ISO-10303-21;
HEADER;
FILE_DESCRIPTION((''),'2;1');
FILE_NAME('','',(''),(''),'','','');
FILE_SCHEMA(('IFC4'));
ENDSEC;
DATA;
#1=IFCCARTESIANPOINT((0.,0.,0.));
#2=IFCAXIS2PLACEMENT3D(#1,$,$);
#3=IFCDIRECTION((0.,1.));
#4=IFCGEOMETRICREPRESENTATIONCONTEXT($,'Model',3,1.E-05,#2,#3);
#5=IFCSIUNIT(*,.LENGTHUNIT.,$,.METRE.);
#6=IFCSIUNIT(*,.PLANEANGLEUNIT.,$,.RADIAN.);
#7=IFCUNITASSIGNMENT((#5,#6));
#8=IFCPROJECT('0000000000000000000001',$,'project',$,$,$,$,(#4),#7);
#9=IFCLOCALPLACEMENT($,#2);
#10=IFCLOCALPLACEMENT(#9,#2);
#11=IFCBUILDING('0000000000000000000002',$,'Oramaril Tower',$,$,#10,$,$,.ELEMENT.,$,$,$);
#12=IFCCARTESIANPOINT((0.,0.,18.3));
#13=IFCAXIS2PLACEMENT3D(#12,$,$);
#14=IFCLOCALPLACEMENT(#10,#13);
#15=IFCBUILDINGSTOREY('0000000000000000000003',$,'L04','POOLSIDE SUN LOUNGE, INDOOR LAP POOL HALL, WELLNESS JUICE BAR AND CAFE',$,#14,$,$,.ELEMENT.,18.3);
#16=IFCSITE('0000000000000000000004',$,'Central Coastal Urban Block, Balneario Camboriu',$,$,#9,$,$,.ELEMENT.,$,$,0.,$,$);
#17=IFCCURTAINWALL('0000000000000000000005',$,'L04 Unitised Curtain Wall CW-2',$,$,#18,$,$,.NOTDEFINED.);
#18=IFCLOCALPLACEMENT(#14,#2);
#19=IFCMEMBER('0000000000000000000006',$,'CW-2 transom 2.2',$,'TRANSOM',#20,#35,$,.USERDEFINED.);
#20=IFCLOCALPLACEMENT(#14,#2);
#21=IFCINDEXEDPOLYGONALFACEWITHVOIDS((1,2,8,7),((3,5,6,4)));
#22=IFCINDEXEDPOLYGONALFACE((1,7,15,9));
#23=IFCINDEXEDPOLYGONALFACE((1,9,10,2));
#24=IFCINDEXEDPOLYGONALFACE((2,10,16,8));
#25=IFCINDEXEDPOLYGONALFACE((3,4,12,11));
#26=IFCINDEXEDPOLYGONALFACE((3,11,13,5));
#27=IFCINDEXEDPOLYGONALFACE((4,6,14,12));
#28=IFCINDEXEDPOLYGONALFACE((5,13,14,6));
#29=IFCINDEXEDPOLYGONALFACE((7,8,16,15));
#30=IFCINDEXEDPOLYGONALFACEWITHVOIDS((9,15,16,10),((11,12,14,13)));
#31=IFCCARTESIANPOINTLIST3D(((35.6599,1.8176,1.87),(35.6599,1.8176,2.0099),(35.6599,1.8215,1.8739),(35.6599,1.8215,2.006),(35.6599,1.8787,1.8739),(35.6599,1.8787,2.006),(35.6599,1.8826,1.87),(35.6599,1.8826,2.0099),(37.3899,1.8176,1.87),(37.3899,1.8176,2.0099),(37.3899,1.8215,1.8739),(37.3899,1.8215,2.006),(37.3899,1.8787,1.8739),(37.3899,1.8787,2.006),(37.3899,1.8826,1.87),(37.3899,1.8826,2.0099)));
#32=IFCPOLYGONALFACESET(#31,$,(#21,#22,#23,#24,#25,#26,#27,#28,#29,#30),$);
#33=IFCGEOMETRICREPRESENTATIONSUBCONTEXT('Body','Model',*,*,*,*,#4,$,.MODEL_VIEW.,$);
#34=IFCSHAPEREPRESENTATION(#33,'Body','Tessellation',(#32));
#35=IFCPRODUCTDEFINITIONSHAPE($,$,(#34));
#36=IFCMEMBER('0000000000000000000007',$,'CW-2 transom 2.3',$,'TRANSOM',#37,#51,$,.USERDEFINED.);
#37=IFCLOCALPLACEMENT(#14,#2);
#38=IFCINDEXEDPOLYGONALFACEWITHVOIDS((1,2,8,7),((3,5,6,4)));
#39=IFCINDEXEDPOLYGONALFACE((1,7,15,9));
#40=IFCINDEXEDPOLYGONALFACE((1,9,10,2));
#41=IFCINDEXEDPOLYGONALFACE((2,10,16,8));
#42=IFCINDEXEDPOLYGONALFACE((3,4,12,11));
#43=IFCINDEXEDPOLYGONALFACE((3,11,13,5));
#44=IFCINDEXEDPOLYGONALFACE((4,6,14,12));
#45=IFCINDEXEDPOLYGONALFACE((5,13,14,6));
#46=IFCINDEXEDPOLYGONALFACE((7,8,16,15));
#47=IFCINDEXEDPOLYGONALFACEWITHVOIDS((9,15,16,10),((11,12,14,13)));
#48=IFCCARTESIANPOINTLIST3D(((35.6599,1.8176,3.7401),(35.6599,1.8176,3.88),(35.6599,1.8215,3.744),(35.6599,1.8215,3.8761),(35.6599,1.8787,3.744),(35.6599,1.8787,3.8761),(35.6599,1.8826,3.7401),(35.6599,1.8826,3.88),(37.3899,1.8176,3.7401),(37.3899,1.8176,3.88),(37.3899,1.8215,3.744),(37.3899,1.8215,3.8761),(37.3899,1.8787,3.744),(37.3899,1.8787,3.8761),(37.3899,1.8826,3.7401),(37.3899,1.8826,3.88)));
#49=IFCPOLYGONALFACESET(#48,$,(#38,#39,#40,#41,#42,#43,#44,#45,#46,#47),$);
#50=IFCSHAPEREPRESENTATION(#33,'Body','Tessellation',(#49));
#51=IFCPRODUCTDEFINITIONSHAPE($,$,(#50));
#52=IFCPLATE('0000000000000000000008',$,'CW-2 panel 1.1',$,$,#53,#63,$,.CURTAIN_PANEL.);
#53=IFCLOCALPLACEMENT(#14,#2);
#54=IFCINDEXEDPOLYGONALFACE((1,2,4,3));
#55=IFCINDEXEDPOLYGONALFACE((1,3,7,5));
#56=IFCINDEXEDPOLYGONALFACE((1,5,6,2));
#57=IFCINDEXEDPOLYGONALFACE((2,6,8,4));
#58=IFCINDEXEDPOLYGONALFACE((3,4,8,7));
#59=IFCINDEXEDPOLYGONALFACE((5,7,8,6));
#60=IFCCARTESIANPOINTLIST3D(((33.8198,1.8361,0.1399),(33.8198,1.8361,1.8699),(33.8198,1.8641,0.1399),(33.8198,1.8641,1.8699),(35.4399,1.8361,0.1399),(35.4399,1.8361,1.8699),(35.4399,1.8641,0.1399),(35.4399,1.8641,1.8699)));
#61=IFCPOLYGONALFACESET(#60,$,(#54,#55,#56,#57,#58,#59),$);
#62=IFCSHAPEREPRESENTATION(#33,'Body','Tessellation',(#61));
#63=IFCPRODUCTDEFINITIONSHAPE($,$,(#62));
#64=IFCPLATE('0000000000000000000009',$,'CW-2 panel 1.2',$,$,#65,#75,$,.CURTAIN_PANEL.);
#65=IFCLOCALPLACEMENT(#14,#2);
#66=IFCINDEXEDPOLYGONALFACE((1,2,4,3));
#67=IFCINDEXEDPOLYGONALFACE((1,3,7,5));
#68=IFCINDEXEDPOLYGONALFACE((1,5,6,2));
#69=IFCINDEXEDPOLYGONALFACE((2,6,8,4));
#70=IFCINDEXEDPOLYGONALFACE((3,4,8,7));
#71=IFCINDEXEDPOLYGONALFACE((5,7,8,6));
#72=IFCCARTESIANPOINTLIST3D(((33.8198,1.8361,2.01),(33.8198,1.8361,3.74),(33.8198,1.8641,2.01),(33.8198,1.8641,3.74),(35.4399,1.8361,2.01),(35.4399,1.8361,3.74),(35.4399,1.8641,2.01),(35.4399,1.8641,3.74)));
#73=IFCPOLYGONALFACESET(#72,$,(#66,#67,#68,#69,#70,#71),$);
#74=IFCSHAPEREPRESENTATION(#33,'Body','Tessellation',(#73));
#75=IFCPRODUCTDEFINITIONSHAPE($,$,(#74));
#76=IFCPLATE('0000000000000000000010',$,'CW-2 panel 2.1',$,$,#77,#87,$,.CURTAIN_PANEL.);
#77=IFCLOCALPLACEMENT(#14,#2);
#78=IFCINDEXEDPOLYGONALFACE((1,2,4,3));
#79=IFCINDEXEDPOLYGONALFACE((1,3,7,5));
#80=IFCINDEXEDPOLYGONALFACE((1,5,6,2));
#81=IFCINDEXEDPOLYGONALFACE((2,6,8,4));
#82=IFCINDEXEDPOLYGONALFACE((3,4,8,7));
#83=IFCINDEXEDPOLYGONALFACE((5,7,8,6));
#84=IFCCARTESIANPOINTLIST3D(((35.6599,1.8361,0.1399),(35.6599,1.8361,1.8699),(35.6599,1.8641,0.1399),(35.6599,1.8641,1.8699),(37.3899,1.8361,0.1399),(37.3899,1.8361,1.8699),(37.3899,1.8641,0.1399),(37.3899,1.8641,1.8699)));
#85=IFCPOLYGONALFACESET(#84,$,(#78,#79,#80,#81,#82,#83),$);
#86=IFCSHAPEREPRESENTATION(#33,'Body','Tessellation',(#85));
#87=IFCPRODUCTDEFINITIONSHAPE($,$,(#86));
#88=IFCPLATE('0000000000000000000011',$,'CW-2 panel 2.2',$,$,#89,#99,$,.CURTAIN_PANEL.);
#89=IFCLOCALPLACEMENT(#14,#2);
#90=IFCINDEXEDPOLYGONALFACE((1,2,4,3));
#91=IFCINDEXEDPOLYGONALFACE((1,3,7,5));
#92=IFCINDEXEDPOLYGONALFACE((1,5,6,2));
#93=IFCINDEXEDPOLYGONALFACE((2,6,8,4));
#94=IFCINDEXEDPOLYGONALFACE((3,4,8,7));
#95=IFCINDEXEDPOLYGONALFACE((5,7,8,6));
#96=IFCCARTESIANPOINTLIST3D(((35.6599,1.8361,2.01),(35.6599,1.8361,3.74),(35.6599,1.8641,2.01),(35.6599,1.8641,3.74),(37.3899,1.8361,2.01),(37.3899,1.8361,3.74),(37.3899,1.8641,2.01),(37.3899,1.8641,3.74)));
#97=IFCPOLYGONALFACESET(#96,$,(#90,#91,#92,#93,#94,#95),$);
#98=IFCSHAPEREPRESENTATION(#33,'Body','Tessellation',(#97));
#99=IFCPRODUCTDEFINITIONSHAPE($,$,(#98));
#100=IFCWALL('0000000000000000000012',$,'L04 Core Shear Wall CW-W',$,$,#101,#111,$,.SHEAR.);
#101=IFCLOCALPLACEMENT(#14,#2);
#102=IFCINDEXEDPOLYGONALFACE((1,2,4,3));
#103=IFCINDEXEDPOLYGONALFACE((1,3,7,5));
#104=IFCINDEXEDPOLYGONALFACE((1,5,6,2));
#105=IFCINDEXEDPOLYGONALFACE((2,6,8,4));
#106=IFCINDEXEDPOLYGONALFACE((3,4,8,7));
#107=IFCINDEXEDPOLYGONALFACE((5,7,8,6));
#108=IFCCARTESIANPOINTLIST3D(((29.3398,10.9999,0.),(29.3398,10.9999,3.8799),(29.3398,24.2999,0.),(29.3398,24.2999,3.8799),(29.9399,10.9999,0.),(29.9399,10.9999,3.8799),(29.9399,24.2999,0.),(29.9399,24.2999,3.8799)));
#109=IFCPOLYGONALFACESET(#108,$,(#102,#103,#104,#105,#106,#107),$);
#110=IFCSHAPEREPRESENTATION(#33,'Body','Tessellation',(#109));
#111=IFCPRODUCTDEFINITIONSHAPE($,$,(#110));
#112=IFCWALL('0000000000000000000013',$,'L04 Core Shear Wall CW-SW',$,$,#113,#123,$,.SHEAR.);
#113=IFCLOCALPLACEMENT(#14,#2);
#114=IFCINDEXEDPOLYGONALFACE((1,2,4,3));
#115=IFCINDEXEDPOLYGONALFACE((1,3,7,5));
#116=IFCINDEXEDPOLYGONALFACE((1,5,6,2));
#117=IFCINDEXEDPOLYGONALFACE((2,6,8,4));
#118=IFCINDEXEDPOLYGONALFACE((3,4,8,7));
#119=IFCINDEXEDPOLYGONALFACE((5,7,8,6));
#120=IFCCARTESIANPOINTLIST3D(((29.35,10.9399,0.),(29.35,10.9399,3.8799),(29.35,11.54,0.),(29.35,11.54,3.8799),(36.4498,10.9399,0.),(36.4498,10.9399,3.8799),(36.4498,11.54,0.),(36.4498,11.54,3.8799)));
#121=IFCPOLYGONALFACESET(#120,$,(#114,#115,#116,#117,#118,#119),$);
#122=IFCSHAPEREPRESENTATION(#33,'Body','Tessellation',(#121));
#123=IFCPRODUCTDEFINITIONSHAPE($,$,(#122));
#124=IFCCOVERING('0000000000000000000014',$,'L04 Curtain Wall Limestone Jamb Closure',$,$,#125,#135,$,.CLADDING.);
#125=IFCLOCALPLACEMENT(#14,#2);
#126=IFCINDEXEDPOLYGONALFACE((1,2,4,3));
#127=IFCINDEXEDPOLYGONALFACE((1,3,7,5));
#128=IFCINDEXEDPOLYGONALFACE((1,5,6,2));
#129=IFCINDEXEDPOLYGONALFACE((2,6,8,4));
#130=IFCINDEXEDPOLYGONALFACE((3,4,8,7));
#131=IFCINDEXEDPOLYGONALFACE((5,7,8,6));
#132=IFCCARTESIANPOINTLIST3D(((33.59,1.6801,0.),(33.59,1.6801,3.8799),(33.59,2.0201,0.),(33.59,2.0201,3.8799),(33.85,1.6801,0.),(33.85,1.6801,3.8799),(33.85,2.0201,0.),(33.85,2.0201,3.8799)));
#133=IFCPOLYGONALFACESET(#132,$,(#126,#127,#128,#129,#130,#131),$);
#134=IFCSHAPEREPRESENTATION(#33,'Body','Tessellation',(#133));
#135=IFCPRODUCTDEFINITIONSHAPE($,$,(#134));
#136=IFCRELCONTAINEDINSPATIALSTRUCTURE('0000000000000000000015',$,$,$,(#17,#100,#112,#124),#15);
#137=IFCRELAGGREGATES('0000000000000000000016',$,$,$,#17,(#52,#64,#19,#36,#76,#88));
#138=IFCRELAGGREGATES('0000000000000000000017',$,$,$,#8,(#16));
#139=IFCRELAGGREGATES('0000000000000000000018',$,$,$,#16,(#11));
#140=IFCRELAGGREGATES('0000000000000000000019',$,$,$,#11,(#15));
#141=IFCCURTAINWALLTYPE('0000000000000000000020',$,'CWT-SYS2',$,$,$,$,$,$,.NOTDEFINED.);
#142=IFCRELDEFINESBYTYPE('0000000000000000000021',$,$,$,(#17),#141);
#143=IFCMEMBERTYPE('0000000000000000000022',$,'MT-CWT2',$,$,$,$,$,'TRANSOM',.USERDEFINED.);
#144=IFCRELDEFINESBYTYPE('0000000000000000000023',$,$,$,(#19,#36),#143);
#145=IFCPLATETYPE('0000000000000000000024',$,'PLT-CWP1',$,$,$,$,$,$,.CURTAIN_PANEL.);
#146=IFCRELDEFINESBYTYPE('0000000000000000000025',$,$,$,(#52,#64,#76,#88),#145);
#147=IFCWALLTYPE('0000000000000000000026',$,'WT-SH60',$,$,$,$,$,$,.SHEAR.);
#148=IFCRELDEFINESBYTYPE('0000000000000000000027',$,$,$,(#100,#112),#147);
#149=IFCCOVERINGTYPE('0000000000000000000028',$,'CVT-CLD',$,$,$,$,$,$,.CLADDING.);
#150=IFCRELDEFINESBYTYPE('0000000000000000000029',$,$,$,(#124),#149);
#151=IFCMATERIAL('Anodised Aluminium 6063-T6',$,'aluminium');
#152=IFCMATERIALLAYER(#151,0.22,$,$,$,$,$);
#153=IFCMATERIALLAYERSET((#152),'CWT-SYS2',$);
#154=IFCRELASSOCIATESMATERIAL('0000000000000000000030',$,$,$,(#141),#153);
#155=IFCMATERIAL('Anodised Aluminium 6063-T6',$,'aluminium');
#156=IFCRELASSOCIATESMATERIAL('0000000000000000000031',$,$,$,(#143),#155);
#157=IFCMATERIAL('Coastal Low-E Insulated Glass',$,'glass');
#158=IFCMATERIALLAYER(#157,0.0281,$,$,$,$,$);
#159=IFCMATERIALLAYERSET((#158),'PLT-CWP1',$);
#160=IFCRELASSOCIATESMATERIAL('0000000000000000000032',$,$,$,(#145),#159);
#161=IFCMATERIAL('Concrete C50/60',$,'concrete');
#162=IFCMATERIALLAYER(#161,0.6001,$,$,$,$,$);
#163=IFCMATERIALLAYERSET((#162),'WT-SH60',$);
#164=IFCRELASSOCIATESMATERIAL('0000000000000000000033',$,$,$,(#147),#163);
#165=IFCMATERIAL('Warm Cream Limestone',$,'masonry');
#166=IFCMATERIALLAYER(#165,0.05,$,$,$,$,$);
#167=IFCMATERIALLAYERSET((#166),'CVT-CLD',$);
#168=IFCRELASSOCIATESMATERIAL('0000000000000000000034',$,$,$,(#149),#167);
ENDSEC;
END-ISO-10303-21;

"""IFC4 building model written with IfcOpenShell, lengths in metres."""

from ifc_helpers import new_model, si_unit, direction, frame, frame_2d, origin, origin_2d, place, context, subcontext, project, spatial, rectangle, hollow_rectangle, extrude, material, layer, layer_set, material_profile, profile_set, type_object, element, aggregate, save


model = new_model("IFC4")

# Units and contexts
model_context = context("Model", 3, precision=1e-05, world=origin(), true_north=direction((0.0, 1.0)))
body_context = subcontext(model_context, "Body", "Model", "MODEL_VIEW")
ifc_project = project(units=[si_unit("LENGTHUNIT", "METRE"), si_unit("PLANEANGLEUNIT", "RADIAN")], contexts=[model_context])

# Site, building, storey
site_placement = place(None, origin())
site = spatial("IfcSite", under=ifc_project, at=site_placement, Name="Central Coastal Urban Block, Balneario Camboriu", CompositionType="ELEMENT", RefElevation=0.0)
building_placement = place(site_placement, origin())
building = spatial("IfcBuilding", under=site, at=building_placement, Name="Oramaril Tower", CompositionType="ELEMENT")
storey_placement = place(building_placement, frame((0.0, 0.0, 18.3)))
storey = spatial("IfcBuildingStorey", under=building, at=storey_placement, Name="L04", Description="POOLSIDE SUN LOUNGE, INDOOR LAP POOL HALL, WELLNESS JUICE BAR AND CAFE", CompositionType="ELEMENT", Elevation=18.3)

# Curtain wall, members, plates
ifc_material_1 = material(Name="Anodised Aluminium 6063-T6", Category="aluminium")
ifc_layer_1 = layer(ifc_material_1, 0.22)
ifc_layer_set_1 = layer_set([ifc_layer_1], Name="CWT-SYS2")
curtain_wall_type = type_object("IfcCurtainWallType", Name="CWT-SYS2", PredefinedType="NOTDEFINED", material=ifc_layer_set_1)
curtain_wall_placement = place(storey_placement, origin())
curtain_wall = element("IfcCurtainWall", 1, at=curtain_wall_placement, inside=storey, type_object=curtain_wall_type, Name="L04 Unitised Curtain Wall CW-2", PredefinedType="NOTDEFINED")
ifc_material_2 = material(Name="Anodised Aluminium 6063-T6", Category="aluminium")
ifc_material_profile_1 = material_profile(ifc_material_2, hollow_rectangle(XDim=0.0649, YDim=0.1399, WallThickness=0.0039, at=origin_2d()), Name="CWT140X65")
ifc_profile_set_1 = profile_set([ifc_material_profile_1], Name="Anodised Aluminium 6063-T6")
member_type_1 = type_object("IfcMemberType", Name="MT-CWT2", ElementType="TRANSOM", PredefinedType="USERDEFINED", material=ifc_profile_set_1)
member_1_placement = place(storey_placement, frame((35.6599, 1.8501, 1.9399), z_axis=(1.0, 0.0, 0.0), x_axis=(0.0, 1.0, 0.0)))
member_1 = element("IfcMember", 2, at=member_1_placement, type_object=member_type_1, Name="CW-2 transom 2.2", ObjectType="TRANSOM", PredefinedType="USERDEFINED", context=body_context, shape_type="SweptSolid", body=[
    extrude(hollow_rectangle(XDim=0.0649, YDim=0.1399, WallThickness=0.0039, at=origin_2d()), origin(), (0.0, 0.0, 1.0), 1.73),
])
member_2_placement = place(storey_placement, frame((35.6599, 1.8501, 3.8101), z_axis=(1.0, 0.0, 0.0), x_axis=(0.0, 1.0, 0.0)))
member_2 = element("IfcMember", 3, at=member_2_placement, type_object=member_type_1, Name="CW-2 transom 2.3", ObjectType="TRANSOM", PredefinedType="USERDEFINED", context=body_context, shape_type="SweptSolid", body=[
    extrude(hollow_rectangle(XDim=0.0649, YDim=0.1399, WallThickness=0.0039, at=origin_2d()), origin(), (0.0, 0.0, 1.0), 1.73),
])
ifc_material_3 = material(Name="Coastal Low-E Insulated Glass", Category="glass")
ifc_layer_2 = layer(ifc_material_3, 0.0281)
ifc_layer_set_2 = layer_set([ifc_layer_2], Name="PLT-CWP1")
plate_type = type_object("IfcPlateType", Name="PLT-CWP1", PredefinedType="CURTAIN_PANEL", material=ifc_layer_set_2)
plate_1_placement = place(storey_placement, frame((34.6299, 1.8501, 0.1399), z_axis=(0.0, 0.0, 1.0), x_axis=(1.0, 0.0, 0.0)))
plate_1 = element("IfcPlate", 4, at=plate_1_placement, type_object=plate_type, Name="CW-2 panel 1.1", PredefinedType="CURTAIN_PANEL", context=body_context, shape_type="SweptSolid", body=[
    extrude(rectangle(XDim=1.6201, YDim=0.0281, at=origin_2d()), origin(), (0.0, 0.0, 1.0), 1.73),
])
plate_2_placement = place(storey_placement, frame((34.6299, 1.8501, 2.01), z_axis=(0.0, 0.0, 1.0), x_axis=(1.0, 0.0, 0.0)))
plate_2 = element("IfcPlate", 5, at=plate_2_placement, type_object=plate_type, Name="CW-2 panel 1.2", PredefinedType="CURTAIN_PANEL", context=body_context, shape_type="SweptSolid", body=[
    extrude(rectangle(XDim=1.6201, YDim=0.0281, at=origin_2d()), origin(), (0.0, 0.0, 1.0), 1.73),
])
plate_3_placement = place(storey_placement, frame((36.5249, 1.8501, 0.1399), z_axis=(0.0, 0.0, 1.0), x_axis=(1.0, 0.0, 0.0)))
plate_3 = element("IfcPlate", 6, at=plate_3_placement, type_object=plate_type, Name="CW-2 panel 2.1", PredefinedType="CURTAIN_PANEL", context=body_context, shape_type="SweptSolid", body=[
    extrude(rectangle(XDim=1.73, YDim=0.0281, at=origin_2d()), origin(), (0.0, 0.0, 1.0), 1.73),
])
plate_4_placement = place(storey_placement, frame((36.5249, 1.8501, 2.01), z_axis=(0.0, 0.0, 1.0), x_axis=(1.0, 0.0, 0.0)))
plate_4 = element("IfcPlate", 7, at=plate_4_placement, type_object=plate_type, Name="CW-2 panel 2.2", PredefinedType="CURTAIN_PANEL", context=body_context, shape_type="SweptSolid", body=[
    extrude(rectangle(XDim=1.73, YDim=0.0281, at=origin_2d()), origin(), (0.0, 0.0, 1.0), 1.73),
])
aggregate(curtain_wall, [plate_1, plate_2, member_1, member_2, plate_3, plate_4])

# Walls
ifc_material_4 = material(Name="Concrete C50/60", Category="concrete")
ifc_layer_3 = layer(ifc_material_4, 0.6001)
ifc_layer_set_3 = layer_set([ifc_layer_3], Name="WT-SH60")
wall_type = type_object("IfcWallType", Name="WT-SH60", PredefinedType="SHEAR", material=ifc_layer_set_3)
wall_1_placement = place(storey_placement, frame((29.6399, 11.0, 0.0), z_axis=(0.0, 0.0, 1.0), x_axis=(0.0, 1.0, 0.0)))
element("IfcWall", 8, at=wall_1_placement, inside=storey, type_object=wall_type, Name="L04 Core Shear Wall CW-W", PredefinedType="SHEAR", context=body_context, shape_type="SweptSolid", body=[
    extrude(rectangle(XDim=13.3, YDim=0.6001, at=frame_2d((6.6499, 0.0))), origin(), (0.0, 0.0, 1.0), 3.8799),
])
wall_2_placement = place(storey_placement, frame((29.3501, 11.24, 0.0), z_axis=(0.0, 0.0, 1.0), x_axis=(1.0, 0.0, 0.0)))
element("IfcWall", 9, at=wall_2_placement, inside=storey, type_object=wall_type, Name="L04 Core Shear Wall CW-SW", PredefinedType="SHEAR", context=body_context, shape_type="SweptSolid", body=[
    extrude(rectangle(XDim=7.0999, YDim=0.6001, at=frame_2d((3.5498, 0.0))), origin(), (0.0, 0.0, 1.0), 3.8799),
])

# Covering
ifc_material_5 = material(Name="Warm Cream Limestone", Category="masonry")
ifc_layer_4 = layer(ifc_material_5, 0.05)
ifc_layer_set_4 = layer_set([ifc_layer_4], Name="CVT-CLD")
covering_type = type_object("IfcCoveringType", Name="CVT-CLD", PredefinedType="CLADDING", material=ifc_layer_set_4)
covering_placement = place(storey_placement, frame((33.72, 1.8501, 0.0), z_axis=(0.0, 0.0, 1.0), x_axis=(1.0, 0.0, 0.0)))
element("IfcCovering", 10, at=covering_placement, inside=storey, type_object=covering_type, Name="L04 Curtain Wall Limestone Jamb Closure", PredefinedType="CLADDING", context=body_context, shape_type="SweptSolid", body=[
    extrude(rectangle(XDim=0.26, YDim=0.3401, at=origin_2d()), origin(), (0.0, 0.0, 1.0), 3.8799),
])

save(model, "model.ifc")
